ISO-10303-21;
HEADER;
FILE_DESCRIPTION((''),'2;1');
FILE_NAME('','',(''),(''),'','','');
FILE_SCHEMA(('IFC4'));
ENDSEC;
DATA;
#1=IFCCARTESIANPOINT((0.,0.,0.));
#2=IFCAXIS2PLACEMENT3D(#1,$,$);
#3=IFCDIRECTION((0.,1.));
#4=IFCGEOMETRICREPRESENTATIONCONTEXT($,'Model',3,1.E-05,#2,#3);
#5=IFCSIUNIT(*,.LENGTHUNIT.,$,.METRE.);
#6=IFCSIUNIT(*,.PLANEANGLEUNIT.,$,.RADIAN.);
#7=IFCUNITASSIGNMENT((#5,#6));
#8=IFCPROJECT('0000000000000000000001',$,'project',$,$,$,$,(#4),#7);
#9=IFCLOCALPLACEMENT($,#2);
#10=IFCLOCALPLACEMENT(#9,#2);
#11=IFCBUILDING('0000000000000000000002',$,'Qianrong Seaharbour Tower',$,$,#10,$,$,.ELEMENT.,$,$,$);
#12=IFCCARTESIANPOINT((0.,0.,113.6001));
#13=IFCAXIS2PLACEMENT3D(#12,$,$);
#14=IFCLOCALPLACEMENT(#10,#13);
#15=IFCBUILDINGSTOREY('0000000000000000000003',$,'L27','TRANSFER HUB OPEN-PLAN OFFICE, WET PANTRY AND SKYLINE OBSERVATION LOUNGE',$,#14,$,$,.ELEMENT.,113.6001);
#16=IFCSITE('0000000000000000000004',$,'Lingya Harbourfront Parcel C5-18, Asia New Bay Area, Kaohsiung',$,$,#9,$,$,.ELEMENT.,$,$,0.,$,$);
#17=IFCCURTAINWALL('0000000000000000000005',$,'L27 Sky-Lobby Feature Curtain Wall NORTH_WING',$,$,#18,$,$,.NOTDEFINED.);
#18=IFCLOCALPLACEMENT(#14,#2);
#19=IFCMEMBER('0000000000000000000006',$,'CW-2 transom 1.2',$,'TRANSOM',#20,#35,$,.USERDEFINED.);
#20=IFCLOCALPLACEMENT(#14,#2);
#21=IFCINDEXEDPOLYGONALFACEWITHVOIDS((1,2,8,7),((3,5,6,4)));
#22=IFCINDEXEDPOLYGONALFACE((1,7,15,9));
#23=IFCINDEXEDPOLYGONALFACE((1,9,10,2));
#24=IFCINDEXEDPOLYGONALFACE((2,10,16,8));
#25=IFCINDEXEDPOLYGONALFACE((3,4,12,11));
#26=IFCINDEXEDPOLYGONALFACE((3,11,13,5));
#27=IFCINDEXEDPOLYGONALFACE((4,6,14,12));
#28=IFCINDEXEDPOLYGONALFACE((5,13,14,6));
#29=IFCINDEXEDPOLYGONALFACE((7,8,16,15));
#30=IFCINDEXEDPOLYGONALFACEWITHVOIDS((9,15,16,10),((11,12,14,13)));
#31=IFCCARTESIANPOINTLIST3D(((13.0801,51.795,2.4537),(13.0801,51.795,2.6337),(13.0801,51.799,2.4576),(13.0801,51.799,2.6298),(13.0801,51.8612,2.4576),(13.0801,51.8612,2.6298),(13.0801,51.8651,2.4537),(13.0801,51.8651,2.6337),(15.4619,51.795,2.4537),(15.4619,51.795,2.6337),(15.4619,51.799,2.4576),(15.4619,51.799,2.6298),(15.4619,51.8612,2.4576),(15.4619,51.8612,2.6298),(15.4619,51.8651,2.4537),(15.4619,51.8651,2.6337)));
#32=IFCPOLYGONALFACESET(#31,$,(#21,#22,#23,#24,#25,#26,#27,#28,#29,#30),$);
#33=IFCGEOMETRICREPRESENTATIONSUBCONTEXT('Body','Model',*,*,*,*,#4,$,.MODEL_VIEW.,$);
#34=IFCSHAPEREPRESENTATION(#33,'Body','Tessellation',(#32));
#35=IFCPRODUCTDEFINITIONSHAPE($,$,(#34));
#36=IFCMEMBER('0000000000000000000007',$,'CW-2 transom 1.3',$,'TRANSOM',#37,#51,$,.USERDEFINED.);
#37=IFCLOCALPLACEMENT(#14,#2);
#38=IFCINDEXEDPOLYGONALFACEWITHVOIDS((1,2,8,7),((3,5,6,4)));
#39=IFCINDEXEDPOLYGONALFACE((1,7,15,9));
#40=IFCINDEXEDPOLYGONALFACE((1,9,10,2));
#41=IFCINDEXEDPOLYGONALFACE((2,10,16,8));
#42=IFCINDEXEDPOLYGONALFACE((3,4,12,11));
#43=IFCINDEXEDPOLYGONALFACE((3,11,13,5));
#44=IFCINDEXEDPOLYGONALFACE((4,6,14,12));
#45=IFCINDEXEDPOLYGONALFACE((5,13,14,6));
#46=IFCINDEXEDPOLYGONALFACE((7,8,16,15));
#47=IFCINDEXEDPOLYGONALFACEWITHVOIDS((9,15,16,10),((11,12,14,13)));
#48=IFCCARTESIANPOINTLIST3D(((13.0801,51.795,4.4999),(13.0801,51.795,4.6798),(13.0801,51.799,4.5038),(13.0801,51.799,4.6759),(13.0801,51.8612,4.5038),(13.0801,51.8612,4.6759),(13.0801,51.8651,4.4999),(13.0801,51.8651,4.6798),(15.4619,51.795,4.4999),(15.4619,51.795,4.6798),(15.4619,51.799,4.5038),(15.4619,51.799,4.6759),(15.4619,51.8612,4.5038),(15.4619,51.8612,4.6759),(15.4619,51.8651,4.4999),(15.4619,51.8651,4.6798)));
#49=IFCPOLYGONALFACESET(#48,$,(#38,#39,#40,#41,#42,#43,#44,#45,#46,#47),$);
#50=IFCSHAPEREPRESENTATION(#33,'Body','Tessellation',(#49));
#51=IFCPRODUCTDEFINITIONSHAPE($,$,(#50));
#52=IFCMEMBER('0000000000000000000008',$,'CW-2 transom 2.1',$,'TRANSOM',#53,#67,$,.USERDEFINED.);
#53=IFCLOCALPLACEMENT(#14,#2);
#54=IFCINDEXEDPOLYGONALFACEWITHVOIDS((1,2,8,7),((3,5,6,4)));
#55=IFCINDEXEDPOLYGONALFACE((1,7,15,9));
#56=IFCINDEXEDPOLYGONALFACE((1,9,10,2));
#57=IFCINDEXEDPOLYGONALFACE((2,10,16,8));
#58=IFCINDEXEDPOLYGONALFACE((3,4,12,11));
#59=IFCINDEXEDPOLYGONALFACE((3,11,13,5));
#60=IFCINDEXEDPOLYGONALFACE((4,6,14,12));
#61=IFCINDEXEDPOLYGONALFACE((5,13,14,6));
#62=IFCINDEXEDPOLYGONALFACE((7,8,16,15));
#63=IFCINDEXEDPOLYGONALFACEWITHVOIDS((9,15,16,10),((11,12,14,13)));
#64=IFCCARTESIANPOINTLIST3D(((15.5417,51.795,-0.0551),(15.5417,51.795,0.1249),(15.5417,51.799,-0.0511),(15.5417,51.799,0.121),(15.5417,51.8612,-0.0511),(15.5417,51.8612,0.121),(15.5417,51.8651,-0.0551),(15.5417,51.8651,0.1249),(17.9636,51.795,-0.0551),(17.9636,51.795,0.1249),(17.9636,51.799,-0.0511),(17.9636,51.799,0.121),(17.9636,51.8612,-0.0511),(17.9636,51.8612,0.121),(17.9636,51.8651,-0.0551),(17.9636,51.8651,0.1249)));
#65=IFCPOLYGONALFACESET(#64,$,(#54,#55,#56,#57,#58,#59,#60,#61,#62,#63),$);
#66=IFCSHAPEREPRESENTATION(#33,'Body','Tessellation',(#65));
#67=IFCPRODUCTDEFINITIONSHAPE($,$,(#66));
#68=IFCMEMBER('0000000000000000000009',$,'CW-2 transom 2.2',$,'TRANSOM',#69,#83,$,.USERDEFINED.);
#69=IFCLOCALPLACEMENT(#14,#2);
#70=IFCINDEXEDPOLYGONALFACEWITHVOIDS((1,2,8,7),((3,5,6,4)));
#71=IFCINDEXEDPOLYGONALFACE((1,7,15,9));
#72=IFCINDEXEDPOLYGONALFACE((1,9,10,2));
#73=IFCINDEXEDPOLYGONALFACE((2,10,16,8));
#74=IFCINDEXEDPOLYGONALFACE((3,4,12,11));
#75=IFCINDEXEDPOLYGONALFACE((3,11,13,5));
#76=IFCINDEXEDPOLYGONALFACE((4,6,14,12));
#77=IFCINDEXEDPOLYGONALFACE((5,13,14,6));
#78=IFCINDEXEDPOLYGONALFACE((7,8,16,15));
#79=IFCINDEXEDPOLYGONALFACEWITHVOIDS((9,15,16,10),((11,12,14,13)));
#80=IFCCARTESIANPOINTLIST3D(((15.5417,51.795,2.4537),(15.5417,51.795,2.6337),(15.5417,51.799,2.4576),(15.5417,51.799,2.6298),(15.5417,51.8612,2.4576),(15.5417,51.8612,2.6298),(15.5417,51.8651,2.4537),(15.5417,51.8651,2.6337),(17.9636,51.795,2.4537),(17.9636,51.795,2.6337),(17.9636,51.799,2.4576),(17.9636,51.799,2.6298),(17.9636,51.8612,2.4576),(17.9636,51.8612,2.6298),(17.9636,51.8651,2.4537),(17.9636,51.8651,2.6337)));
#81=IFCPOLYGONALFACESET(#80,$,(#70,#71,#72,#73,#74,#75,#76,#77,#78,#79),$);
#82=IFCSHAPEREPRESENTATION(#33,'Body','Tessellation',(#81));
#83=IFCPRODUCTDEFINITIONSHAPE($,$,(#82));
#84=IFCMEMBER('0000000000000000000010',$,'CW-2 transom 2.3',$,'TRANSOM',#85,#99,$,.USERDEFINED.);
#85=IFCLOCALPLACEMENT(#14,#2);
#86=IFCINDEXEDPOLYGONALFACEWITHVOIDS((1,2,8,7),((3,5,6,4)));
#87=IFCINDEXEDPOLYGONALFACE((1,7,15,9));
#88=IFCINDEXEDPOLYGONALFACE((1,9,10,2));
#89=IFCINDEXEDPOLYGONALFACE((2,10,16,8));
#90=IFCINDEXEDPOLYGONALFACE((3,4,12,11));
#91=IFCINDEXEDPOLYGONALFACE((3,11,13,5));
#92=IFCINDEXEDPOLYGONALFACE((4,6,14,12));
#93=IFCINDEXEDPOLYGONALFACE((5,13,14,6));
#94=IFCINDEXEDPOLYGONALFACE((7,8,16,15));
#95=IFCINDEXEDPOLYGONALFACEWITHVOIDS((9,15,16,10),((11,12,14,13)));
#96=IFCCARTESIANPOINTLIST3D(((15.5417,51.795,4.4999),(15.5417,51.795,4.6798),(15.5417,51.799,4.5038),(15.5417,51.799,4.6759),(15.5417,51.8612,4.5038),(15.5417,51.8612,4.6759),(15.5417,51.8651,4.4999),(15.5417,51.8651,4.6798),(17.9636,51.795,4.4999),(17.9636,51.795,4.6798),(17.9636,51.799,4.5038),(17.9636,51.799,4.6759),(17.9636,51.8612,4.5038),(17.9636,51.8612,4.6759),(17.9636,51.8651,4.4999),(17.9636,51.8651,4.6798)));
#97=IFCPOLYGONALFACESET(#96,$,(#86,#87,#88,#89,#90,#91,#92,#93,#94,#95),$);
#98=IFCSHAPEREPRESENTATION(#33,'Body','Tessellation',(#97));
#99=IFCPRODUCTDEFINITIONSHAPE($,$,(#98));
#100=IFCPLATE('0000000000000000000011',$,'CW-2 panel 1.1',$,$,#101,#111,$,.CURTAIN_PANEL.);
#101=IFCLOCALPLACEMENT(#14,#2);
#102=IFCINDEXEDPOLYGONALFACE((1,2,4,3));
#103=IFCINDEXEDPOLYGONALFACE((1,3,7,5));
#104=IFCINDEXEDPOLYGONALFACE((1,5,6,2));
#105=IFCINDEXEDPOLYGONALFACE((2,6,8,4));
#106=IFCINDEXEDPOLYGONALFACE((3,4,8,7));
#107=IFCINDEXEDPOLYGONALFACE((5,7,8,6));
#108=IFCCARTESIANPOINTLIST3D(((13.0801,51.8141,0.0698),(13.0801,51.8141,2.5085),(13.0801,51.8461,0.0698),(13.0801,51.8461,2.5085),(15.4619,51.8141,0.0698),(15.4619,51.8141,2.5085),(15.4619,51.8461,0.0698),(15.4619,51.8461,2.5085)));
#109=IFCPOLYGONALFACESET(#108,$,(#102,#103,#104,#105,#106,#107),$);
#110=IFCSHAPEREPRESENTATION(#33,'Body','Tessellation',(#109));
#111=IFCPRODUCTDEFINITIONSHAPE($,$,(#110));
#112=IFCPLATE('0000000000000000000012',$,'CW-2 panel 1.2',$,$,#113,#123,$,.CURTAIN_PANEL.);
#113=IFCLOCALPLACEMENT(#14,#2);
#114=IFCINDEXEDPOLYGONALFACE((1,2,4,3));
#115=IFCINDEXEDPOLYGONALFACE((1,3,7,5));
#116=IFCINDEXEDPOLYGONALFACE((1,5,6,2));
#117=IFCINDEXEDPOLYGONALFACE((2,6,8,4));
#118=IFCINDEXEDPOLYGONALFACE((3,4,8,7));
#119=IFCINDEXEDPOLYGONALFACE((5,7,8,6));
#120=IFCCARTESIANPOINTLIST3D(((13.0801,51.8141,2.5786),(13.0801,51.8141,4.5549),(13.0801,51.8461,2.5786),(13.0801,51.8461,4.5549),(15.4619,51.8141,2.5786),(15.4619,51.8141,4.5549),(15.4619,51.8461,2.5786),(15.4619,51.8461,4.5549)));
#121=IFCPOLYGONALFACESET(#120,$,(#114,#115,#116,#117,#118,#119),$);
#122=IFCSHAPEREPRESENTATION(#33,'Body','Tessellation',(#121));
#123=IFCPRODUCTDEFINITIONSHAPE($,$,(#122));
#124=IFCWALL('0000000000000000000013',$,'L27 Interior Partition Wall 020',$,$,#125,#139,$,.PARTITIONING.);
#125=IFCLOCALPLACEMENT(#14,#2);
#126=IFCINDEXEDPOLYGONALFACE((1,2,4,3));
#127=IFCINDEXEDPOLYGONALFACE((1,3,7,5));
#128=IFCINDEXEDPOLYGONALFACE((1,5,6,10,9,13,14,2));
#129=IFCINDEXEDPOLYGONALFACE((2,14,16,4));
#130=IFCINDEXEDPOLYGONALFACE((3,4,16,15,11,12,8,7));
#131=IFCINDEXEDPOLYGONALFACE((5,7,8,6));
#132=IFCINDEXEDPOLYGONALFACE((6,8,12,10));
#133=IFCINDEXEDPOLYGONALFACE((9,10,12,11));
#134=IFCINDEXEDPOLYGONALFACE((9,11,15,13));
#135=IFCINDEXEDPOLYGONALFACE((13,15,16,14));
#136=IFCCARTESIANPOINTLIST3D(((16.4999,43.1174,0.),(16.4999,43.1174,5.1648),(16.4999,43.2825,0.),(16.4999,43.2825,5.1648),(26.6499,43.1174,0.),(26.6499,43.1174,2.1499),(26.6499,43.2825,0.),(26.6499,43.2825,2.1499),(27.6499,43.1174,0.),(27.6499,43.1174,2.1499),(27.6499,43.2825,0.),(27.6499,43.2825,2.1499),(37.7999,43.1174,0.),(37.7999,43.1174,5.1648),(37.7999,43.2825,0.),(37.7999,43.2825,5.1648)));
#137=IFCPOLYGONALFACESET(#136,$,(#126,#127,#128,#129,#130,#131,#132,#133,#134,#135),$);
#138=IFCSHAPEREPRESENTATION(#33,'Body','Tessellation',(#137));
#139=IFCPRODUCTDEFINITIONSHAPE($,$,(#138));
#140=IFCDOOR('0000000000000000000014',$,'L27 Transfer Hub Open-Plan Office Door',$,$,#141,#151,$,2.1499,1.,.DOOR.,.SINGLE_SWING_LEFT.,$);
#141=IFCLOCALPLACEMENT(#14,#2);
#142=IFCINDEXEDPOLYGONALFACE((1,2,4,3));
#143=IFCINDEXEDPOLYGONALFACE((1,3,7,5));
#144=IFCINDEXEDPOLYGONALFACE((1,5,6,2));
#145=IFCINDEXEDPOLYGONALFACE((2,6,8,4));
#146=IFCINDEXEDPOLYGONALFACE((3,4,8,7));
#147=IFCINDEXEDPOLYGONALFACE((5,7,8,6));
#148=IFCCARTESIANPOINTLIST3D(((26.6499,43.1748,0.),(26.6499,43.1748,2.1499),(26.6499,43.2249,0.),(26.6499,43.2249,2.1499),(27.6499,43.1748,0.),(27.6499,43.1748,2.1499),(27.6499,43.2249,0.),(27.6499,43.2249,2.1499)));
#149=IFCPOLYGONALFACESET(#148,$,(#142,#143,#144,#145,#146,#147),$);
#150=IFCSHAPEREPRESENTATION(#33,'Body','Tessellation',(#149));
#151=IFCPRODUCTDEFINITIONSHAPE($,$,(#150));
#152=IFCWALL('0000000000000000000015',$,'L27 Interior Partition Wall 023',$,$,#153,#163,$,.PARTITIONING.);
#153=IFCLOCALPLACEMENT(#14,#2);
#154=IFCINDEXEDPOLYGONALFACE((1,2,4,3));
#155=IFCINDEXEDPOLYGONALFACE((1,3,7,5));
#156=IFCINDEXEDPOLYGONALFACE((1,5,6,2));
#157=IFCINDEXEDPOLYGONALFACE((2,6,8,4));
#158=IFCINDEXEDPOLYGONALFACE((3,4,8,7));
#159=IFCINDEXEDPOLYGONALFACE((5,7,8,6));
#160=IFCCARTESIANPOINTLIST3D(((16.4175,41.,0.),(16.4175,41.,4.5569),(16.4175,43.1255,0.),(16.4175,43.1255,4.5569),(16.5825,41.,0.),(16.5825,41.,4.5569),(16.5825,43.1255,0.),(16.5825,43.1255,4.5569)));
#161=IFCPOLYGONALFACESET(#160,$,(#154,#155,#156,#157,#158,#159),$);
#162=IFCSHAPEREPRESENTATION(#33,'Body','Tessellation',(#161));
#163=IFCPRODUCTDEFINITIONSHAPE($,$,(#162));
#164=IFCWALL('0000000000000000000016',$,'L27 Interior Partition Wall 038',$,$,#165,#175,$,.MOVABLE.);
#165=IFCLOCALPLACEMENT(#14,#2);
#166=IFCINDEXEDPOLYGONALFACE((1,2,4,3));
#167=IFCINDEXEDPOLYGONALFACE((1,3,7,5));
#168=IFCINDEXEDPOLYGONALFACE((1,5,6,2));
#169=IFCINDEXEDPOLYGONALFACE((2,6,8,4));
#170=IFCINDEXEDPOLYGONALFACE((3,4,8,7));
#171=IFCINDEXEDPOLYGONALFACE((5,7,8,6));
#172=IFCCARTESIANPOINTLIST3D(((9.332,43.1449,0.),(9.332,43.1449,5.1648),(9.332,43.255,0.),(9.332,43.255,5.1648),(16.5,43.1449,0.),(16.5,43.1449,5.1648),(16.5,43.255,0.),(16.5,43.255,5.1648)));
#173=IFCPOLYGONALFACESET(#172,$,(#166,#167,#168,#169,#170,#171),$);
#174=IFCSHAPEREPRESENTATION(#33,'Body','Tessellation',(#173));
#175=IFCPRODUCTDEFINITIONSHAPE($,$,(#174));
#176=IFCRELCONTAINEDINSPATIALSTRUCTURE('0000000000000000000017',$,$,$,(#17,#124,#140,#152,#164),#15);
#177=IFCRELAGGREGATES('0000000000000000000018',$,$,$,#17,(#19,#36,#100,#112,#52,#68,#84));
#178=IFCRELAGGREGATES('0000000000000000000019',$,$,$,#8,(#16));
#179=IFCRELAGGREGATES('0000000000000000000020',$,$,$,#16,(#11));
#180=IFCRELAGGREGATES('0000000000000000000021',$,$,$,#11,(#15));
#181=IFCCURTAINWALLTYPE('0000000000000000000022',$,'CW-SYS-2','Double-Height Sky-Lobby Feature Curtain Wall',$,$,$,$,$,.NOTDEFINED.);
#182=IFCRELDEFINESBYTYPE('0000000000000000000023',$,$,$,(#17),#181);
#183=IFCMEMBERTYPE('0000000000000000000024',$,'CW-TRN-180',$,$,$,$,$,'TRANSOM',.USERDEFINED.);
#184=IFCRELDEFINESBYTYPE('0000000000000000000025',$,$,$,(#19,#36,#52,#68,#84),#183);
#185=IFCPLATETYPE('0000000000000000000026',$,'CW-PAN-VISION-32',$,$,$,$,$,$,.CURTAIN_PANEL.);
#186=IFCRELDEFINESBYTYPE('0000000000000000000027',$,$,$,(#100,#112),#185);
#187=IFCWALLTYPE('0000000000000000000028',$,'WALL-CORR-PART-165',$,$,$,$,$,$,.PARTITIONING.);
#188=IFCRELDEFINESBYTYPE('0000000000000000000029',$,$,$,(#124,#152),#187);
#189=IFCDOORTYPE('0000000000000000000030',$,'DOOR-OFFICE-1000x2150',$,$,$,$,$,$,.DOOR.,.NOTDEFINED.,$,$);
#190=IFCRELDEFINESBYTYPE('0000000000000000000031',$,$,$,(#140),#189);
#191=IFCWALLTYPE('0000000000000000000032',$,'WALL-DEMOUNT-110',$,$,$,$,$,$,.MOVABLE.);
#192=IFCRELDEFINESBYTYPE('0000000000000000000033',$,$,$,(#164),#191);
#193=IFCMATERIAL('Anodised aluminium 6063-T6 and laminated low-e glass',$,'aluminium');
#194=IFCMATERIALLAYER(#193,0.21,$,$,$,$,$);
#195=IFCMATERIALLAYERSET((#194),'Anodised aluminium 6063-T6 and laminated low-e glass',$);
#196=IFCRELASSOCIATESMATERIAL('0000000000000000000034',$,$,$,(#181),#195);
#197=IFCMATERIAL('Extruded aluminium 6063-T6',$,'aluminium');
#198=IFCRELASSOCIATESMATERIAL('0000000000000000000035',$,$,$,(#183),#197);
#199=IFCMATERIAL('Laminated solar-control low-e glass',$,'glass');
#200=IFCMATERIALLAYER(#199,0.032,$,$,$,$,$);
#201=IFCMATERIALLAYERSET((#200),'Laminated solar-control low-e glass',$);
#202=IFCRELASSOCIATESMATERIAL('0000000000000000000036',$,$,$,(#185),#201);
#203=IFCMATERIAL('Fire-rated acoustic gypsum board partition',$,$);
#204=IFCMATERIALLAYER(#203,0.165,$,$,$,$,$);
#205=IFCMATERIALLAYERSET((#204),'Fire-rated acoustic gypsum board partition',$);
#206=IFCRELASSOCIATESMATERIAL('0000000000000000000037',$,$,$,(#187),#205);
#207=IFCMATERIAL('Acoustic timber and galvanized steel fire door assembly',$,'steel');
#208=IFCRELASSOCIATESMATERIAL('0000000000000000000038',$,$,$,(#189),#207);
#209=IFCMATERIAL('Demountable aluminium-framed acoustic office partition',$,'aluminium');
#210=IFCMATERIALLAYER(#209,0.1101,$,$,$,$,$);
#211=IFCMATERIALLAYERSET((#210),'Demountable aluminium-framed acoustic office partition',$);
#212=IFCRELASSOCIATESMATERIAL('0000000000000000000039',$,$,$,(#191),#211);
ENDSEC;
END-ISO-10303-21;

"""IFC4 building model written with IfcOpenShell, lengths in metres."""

from ifc_helpers import new_model, si_unit, direction, frame, frame_2d, origin, origin_2d, place, context, subcontext, project, spatial, rectangle, hollow_rectangle, extrude, material, layer, layer_set, material_profile, profile_set, type_object, element, fill, aggregate, save


model = new_model("IFC4")

# Units and contexts
model_context = context("Model", 3, precision=1e-05, world=origin(), true_north=direction((0.0, 1.0)))
body_context = subcontext(model_context, "Body", "Model", "MODEL_VIEW")
ifc_project = project(units=[si_unit("LENGTHUNIT", "METRE"), si_unit("PLANEANGLEUNIT", "RADIAN")], contexts=[model_context])

# Site, building, storey
site_placement = place(None, origin())
site = spatial("IfcSite", under=ifc_project, at=site_placement, Name="Lingya Harbourfront Parcel C5-18, Asia New Bay Area, Kaohsiung", CompositionType="ELEMENT", RefElevation=0.0)
building_placement = place(site_placement, origin())
building = spatial("IfcBuilding", under=site, at=building_placement, Name="Qianrong Seaharbour Tower", CompositionType="ELEMENT")
storey_placement = place(building_placement, frame((0.0, 0.0, 113.6001)))
storey = spatial("IfcBuildingStorey", under=building, at=storey_placement, Name="L27", Description="TRANSFER HUB OPEN-PLAN OFFICE, WET PANTRY AND SKYLINE OBSERVATION LOUNGE", CompositionType="ELEMENT", Elevation=113.6001)

# Curtain wall, members, plates
ifc_material_1 = material(Name="Anodised aluminium 6063-T6 and laminated low-e glass", Category="aluminium")
ifc_layer_1 = layer(ifc_material_1, 0.21)
ifc_layer_set_1 = layer_set([ifc_layer_1], Name="Anodised aluminium 6063-T6 and laminated low-e glass")
curtain_wall_type = type_object("IfcCurtainWallType", Name="CW-SYS-2", Description="Double-Height Sky-Lobby Feature Curtain Wall", PredefinedType="NOTDEFINED", material=ifc_layer_set_1)
curtain_wall_placement = place(storey_placement, origin())
curtain_wall = element("IfcCurtainWall", 1, at=curtain_wall_placement, inside=storey, type_object=curtain_wall_type, Name="L27 Sky-Lobby Feature Curtain Wall NORTH_WING", PredefinedType="NOTDEFINED")
ifc_material_2 = material(Name="Extruded aluminium 6063-T6", Category="aluminium")
ifc_material_profile_1 = material_profile(ifc_material_2, hollow_rectangle(XDim=0.0701, YDim=0.1799, WallThickness=0.0039, at=origin_2d()), Name="ALU-TRN-180x70x4")
ifc_profile_set_1 = profile_set([ifc_material_profile_1], Name="Extruded aluminium 6063-T6")
member_type_1 = type_object("IfcMemberType", Name="CW-TRN-180", ElementType="TRANSOM", PredefinedType="USERDEFINED", material=ifc_profile_set_1)
member_1_placement = place(storey_placement, frame((13.0801, 51.8301, 2.5437), z_axis=(1.0, 0.0, 0.0), x_axis=(0.0, 1.0, 0.0)))
member_1 = element("IfcMember", 2, at=member_1_placement, type_object=member_type_1, Name="CW-2 transom 1.2", ObjectType="TRANSOM", PredefinedType="USERDEFINED", context=body_context, shape_type="SweptSolid", body=[
    extrude(hollow_rectangle(XDim=0.0701, YDim=0.1799, WallThickness=0.0039, at=origin_2d()), origin(), (0.0, 0.0, 1.0), 2.3818),
])
member_2_placement = place(storey_placement, frame((13.0801, 51.8301, 4.5898), z_axis=(1.0, 0.0, 0.0), x_axis=(0.0, 1.0, 0.0)))
member_2 = element("IfcMember", 3, at=member_2_placement, type_object=member_type_1, Name="CW-2 transom 1.3", ObjectType="TRANSOM", PredefinedType="USERDEFINED", context=body_context, shape_type="SweptSolid", body=[
    extrude(hollow_rectangle(XDim=0.0701, YDim=0.1799, WallThickness=0.0039, at=origin_2d()), origin(), (0.0, 0.0, 1.0), 2.3818),
])
member_3_placement = place(storey_placement, frame((15.5417, 51.8301, 0.0349), z_axis=(1.0, 0.0, 0.0), x_axis=(0.0, 1.0, 0.0)))
member_3 = element("IfcMember", 4, at=member_3_placement, type_object=member_type_1, Name="CW-2 transom 2.1", ObjectType="TRANSOM", PredefinedType="USERDEFINED", context=body_context, shape_type="SweptSolid", body=[
    extrude(hollow_rectangle(XDim=0.0701, YDim=0.1799, WallThickness=0.0039, at=origin_2d()), origin(), (0.0, 0.0, 1.0), 2.4219),
])
member_4_placement = place(storey_placement, frame((15.5417, 51.8301, 2.5437), z_axis=(1.0, 0.0, 0.0), x_axis=(0.0, 1.0, 0.0)))
member_4 = element("IfcMember", 5, at=member_4_placement, type_object=member_type_1, Name="CW-2 transom 2.2", ObjectType="TRANSOM", PredefinedType="USERDEFINED", context=body_context, shape_type="SweptSolid", body=[
    extrude(hollow_rectangle(XDim=0.0701, YDim=0.1799, WallThickness=0.0039, at=origin_2d()), origin(), (0.0, 0.0, 1.0), 2.4219),
])
member_5_placement = place(storey_placement, frame((15.5417, 51.8301, 4.5898), z_axis=(1.0, 0.0, 0.0), x_axis=(0.0, 1.0, 0.0)))
member_5 = element("IfcMember", 6, at=member_5_placement, type_object=member_type_1, Name="CW-2 transom 2.3", ObjectType="TRANSOM", PredefinedType="USERDEFINED", context=body_context, shape_type="SweptSolid", body=[
    extrude(hollow_rectangle(XDim=0.0701, YDim=0.1799, WallThickness=0.0039, at=origin_2d()), origin(), (0.0, 0.0, 1.0), 2.4219),
])
ifc_material_3 = material(Name="Laminated solar-control low-e glass", Category="glass")
ifc_layer_2 = layer(ifc_material_3, 0.032)
ifc_layer_set_2 = layer_set([ifc_layer_2], Name="Laminated solar-control low-e glass")
plate_type = type_object("IfcPlateType", Name="CW-PAN-VISION-32", PredefinedType="CURTAIN_PANEL", material=ifc_layer_set_2)
plate_1_placement = place(storey_placement, frame((14.271, 51.8301, 0.0698), z_axis=(0.0, 0.0, 1.0), x_axis=(1.0, 0.0, 0.0)))
plate_1 = element("IfcPlate", 7, at=plate_1_placement, type_object=plate_type, Name="CW-2 panel 1.1", PredefinedType="CURTAIN_PANEL", context=body_context, shape_type="SweptSolid", body=[
    extrude(rectangle(XDim=2.3818, YDim=0.032, at=origin_2d()), origin(), (0.0, 0.0, 1.0), 2.4387),
])
plate_2_placement = place(storey_placement, frame((14.271, 51.8301, 2.5786), z_axis=(0.0, 0.0, 1.0), x_axis=(1.0, 0.0, 0.0)))
plate_2 = element("IfcPlate", 8, at=plate_2_placement, type_object=plate_type, Name="CW-2 panel 1.2", PredefinedType="CURTAIN_PANEL", context=body_context, shape_type="SweptSolid", body=[
    extrude(rectangle(XDim=2.3818, YDim=0.032, at=origin_2d()), origin(), (0.0, 0.0, 1.0), 1.9763),
])
aggregate(curtain_wall, [member_1, member_2, plate_1, plate_2, member_3, member_4, member_5])

# Wall, opening, door
ifc_material_4 = material(Name="Fire-rated acoustic gypsum board partition")
ifc_layer_3 = layer(ifc_material_4, 0.165)
ifc_layer_set_3 = layer_set([ifc_layer_3], Name="Fire-rated acoustic gypsum board partition")
wall_type_1 = type_object("IfcWallType", Name="WALL-CORR-PART-165", PredefinedType="PARTITIONING", material=ifc_layer_set_3)
wall_1_placement = place(storey_placement, frame((16.5, 43.2, 0.0), z_axis=(0.0, 0.0, 1.0), x_axis=(1.0, 0.0, 0.0)))
wall_1 = element("IfcWall", 9, at=wall_1_placement, inside=storey, type_object=wall_type_1, Name="L27 Interior Partition Wall 020", PredefinedType="PARTITIONING", context=body_context, shape_type="SweptSolid", body=[
    extrude(rectangle(XDim=21.3, YDim=0.165, at=frame_2d((10.6499, 0.0))), origin(), (0.0, 0.0, 1.0), 5.1648),
])
opening_placement = place(wall_1_placement, frame((10.1499, 0.0, 0.0)))
opening = element("IfcOpeningElement", 10, at=opening_placement, cuts=wall_1, PredefinedType="OPENING", context=body_context, shape_type="SweptSolid", body=[
    extrude(rectangle(XDim=1.0, YDim=2.1499, at=frame_2d((0.5, 1.075))), frame((0.0, 0.0925, 0.0), z_axis=(0.0, -1.0, 0.0), x_axis=(1.0, 0.0, 0.0)), (0.0, 0.0, 1.0), 0.1851),
])
ifc_material_5 = material(Name="Acoustic timber and galvanized steel fire door assembly", Category="steel")
door_type = type_object("IfcDoorType", Name="DOOR-OFFICE-1000x2150", OperationType="NOTDEFINED", PredefinedType="DOOR", material=ifc_material_5)
door_placement = place(opening_placement, origin())
door = element("IfcDoor", 11, at=door_placement, inside=storey, type_object=door_type, Name="L27 Transfer Hub Open-Plan Office Door", OperationType="SINGLE_SWING_LEFT", OverallHeight=2.1499, OverallWidth=1.0, PredefinedType="DOOR", context=body_context, shape_type="SweptSolid", body=[
    extrude(rectangle(XDim=1.0, YDim=2.1499, at=frame_2d((0.5, 1.075))), frame((0.0, 0.0249, 0.0), z_axis=(0.0, -1.0, 0.0), x_axis=(1.0, 0.0, 0.0)), (0.0, 0.0, 1.0), 0.05),
])
fill(opening, door)

# Walls
wall_2_placement = place(storey_placement, frame((16.5, 41.0, 0.0), z_axis=(0.0, 0.0, 1.0), x_axis=(0.0, 1.0, 0.0)))
element("IfcWall", 12, at=wall_2_placement, inside=storey, type_object=wall_type_1, Name="L27 Interior Partition Wall 023", PredefinedType="PARTITIONING", context=body_context, shape_type="SweptSolid", body=[
    extrude(rectangle(XDim=2.1255, YDim=0.165, at=frame_2d((1.0627, 0.0))), origin(), (0.0, 0.0, 1.0), 4.5569),
])
ifc_material_6 = material(Name="Demountable aluminium-framed acoustic office partition", Category="aluminium")
ifc_layer_4 = layer(ifc_material_6, 0.1101)
ifc_layer_set_4 = layer_set([ifc_layer_4], Name="Demountable aluminium-framed acoustic office partition")
wall_type_2 = type_object("IfcWallType", Name="WALL-DEMOUNT-110", PredefinedType="MOVABLE", material=ifc_layer_set_4)
wall_3_placement = place(storey_placement, frame((16.5, 43.2, 0.0), z_axis=(0.0, 0.0, 1.0), x_axis=(-1.0, 0.0, 0.0)))
element("IfcWall", 13, at=wall_3_placement, inside=storey, type_object=wall_type_2, Name="L27 Interior Partition Wall 038", PredefinedType="MOVABLE", context=body_context, shape_type="SweptSolid", body=[
    extrude(rectangle(XDim=7.168, YDim=0.1101, at=frame_2d((3.584, 0.0))), origin(), (0.0, 0.0, 1.0), 5.1648),
])

save(model, "model.ifc")
